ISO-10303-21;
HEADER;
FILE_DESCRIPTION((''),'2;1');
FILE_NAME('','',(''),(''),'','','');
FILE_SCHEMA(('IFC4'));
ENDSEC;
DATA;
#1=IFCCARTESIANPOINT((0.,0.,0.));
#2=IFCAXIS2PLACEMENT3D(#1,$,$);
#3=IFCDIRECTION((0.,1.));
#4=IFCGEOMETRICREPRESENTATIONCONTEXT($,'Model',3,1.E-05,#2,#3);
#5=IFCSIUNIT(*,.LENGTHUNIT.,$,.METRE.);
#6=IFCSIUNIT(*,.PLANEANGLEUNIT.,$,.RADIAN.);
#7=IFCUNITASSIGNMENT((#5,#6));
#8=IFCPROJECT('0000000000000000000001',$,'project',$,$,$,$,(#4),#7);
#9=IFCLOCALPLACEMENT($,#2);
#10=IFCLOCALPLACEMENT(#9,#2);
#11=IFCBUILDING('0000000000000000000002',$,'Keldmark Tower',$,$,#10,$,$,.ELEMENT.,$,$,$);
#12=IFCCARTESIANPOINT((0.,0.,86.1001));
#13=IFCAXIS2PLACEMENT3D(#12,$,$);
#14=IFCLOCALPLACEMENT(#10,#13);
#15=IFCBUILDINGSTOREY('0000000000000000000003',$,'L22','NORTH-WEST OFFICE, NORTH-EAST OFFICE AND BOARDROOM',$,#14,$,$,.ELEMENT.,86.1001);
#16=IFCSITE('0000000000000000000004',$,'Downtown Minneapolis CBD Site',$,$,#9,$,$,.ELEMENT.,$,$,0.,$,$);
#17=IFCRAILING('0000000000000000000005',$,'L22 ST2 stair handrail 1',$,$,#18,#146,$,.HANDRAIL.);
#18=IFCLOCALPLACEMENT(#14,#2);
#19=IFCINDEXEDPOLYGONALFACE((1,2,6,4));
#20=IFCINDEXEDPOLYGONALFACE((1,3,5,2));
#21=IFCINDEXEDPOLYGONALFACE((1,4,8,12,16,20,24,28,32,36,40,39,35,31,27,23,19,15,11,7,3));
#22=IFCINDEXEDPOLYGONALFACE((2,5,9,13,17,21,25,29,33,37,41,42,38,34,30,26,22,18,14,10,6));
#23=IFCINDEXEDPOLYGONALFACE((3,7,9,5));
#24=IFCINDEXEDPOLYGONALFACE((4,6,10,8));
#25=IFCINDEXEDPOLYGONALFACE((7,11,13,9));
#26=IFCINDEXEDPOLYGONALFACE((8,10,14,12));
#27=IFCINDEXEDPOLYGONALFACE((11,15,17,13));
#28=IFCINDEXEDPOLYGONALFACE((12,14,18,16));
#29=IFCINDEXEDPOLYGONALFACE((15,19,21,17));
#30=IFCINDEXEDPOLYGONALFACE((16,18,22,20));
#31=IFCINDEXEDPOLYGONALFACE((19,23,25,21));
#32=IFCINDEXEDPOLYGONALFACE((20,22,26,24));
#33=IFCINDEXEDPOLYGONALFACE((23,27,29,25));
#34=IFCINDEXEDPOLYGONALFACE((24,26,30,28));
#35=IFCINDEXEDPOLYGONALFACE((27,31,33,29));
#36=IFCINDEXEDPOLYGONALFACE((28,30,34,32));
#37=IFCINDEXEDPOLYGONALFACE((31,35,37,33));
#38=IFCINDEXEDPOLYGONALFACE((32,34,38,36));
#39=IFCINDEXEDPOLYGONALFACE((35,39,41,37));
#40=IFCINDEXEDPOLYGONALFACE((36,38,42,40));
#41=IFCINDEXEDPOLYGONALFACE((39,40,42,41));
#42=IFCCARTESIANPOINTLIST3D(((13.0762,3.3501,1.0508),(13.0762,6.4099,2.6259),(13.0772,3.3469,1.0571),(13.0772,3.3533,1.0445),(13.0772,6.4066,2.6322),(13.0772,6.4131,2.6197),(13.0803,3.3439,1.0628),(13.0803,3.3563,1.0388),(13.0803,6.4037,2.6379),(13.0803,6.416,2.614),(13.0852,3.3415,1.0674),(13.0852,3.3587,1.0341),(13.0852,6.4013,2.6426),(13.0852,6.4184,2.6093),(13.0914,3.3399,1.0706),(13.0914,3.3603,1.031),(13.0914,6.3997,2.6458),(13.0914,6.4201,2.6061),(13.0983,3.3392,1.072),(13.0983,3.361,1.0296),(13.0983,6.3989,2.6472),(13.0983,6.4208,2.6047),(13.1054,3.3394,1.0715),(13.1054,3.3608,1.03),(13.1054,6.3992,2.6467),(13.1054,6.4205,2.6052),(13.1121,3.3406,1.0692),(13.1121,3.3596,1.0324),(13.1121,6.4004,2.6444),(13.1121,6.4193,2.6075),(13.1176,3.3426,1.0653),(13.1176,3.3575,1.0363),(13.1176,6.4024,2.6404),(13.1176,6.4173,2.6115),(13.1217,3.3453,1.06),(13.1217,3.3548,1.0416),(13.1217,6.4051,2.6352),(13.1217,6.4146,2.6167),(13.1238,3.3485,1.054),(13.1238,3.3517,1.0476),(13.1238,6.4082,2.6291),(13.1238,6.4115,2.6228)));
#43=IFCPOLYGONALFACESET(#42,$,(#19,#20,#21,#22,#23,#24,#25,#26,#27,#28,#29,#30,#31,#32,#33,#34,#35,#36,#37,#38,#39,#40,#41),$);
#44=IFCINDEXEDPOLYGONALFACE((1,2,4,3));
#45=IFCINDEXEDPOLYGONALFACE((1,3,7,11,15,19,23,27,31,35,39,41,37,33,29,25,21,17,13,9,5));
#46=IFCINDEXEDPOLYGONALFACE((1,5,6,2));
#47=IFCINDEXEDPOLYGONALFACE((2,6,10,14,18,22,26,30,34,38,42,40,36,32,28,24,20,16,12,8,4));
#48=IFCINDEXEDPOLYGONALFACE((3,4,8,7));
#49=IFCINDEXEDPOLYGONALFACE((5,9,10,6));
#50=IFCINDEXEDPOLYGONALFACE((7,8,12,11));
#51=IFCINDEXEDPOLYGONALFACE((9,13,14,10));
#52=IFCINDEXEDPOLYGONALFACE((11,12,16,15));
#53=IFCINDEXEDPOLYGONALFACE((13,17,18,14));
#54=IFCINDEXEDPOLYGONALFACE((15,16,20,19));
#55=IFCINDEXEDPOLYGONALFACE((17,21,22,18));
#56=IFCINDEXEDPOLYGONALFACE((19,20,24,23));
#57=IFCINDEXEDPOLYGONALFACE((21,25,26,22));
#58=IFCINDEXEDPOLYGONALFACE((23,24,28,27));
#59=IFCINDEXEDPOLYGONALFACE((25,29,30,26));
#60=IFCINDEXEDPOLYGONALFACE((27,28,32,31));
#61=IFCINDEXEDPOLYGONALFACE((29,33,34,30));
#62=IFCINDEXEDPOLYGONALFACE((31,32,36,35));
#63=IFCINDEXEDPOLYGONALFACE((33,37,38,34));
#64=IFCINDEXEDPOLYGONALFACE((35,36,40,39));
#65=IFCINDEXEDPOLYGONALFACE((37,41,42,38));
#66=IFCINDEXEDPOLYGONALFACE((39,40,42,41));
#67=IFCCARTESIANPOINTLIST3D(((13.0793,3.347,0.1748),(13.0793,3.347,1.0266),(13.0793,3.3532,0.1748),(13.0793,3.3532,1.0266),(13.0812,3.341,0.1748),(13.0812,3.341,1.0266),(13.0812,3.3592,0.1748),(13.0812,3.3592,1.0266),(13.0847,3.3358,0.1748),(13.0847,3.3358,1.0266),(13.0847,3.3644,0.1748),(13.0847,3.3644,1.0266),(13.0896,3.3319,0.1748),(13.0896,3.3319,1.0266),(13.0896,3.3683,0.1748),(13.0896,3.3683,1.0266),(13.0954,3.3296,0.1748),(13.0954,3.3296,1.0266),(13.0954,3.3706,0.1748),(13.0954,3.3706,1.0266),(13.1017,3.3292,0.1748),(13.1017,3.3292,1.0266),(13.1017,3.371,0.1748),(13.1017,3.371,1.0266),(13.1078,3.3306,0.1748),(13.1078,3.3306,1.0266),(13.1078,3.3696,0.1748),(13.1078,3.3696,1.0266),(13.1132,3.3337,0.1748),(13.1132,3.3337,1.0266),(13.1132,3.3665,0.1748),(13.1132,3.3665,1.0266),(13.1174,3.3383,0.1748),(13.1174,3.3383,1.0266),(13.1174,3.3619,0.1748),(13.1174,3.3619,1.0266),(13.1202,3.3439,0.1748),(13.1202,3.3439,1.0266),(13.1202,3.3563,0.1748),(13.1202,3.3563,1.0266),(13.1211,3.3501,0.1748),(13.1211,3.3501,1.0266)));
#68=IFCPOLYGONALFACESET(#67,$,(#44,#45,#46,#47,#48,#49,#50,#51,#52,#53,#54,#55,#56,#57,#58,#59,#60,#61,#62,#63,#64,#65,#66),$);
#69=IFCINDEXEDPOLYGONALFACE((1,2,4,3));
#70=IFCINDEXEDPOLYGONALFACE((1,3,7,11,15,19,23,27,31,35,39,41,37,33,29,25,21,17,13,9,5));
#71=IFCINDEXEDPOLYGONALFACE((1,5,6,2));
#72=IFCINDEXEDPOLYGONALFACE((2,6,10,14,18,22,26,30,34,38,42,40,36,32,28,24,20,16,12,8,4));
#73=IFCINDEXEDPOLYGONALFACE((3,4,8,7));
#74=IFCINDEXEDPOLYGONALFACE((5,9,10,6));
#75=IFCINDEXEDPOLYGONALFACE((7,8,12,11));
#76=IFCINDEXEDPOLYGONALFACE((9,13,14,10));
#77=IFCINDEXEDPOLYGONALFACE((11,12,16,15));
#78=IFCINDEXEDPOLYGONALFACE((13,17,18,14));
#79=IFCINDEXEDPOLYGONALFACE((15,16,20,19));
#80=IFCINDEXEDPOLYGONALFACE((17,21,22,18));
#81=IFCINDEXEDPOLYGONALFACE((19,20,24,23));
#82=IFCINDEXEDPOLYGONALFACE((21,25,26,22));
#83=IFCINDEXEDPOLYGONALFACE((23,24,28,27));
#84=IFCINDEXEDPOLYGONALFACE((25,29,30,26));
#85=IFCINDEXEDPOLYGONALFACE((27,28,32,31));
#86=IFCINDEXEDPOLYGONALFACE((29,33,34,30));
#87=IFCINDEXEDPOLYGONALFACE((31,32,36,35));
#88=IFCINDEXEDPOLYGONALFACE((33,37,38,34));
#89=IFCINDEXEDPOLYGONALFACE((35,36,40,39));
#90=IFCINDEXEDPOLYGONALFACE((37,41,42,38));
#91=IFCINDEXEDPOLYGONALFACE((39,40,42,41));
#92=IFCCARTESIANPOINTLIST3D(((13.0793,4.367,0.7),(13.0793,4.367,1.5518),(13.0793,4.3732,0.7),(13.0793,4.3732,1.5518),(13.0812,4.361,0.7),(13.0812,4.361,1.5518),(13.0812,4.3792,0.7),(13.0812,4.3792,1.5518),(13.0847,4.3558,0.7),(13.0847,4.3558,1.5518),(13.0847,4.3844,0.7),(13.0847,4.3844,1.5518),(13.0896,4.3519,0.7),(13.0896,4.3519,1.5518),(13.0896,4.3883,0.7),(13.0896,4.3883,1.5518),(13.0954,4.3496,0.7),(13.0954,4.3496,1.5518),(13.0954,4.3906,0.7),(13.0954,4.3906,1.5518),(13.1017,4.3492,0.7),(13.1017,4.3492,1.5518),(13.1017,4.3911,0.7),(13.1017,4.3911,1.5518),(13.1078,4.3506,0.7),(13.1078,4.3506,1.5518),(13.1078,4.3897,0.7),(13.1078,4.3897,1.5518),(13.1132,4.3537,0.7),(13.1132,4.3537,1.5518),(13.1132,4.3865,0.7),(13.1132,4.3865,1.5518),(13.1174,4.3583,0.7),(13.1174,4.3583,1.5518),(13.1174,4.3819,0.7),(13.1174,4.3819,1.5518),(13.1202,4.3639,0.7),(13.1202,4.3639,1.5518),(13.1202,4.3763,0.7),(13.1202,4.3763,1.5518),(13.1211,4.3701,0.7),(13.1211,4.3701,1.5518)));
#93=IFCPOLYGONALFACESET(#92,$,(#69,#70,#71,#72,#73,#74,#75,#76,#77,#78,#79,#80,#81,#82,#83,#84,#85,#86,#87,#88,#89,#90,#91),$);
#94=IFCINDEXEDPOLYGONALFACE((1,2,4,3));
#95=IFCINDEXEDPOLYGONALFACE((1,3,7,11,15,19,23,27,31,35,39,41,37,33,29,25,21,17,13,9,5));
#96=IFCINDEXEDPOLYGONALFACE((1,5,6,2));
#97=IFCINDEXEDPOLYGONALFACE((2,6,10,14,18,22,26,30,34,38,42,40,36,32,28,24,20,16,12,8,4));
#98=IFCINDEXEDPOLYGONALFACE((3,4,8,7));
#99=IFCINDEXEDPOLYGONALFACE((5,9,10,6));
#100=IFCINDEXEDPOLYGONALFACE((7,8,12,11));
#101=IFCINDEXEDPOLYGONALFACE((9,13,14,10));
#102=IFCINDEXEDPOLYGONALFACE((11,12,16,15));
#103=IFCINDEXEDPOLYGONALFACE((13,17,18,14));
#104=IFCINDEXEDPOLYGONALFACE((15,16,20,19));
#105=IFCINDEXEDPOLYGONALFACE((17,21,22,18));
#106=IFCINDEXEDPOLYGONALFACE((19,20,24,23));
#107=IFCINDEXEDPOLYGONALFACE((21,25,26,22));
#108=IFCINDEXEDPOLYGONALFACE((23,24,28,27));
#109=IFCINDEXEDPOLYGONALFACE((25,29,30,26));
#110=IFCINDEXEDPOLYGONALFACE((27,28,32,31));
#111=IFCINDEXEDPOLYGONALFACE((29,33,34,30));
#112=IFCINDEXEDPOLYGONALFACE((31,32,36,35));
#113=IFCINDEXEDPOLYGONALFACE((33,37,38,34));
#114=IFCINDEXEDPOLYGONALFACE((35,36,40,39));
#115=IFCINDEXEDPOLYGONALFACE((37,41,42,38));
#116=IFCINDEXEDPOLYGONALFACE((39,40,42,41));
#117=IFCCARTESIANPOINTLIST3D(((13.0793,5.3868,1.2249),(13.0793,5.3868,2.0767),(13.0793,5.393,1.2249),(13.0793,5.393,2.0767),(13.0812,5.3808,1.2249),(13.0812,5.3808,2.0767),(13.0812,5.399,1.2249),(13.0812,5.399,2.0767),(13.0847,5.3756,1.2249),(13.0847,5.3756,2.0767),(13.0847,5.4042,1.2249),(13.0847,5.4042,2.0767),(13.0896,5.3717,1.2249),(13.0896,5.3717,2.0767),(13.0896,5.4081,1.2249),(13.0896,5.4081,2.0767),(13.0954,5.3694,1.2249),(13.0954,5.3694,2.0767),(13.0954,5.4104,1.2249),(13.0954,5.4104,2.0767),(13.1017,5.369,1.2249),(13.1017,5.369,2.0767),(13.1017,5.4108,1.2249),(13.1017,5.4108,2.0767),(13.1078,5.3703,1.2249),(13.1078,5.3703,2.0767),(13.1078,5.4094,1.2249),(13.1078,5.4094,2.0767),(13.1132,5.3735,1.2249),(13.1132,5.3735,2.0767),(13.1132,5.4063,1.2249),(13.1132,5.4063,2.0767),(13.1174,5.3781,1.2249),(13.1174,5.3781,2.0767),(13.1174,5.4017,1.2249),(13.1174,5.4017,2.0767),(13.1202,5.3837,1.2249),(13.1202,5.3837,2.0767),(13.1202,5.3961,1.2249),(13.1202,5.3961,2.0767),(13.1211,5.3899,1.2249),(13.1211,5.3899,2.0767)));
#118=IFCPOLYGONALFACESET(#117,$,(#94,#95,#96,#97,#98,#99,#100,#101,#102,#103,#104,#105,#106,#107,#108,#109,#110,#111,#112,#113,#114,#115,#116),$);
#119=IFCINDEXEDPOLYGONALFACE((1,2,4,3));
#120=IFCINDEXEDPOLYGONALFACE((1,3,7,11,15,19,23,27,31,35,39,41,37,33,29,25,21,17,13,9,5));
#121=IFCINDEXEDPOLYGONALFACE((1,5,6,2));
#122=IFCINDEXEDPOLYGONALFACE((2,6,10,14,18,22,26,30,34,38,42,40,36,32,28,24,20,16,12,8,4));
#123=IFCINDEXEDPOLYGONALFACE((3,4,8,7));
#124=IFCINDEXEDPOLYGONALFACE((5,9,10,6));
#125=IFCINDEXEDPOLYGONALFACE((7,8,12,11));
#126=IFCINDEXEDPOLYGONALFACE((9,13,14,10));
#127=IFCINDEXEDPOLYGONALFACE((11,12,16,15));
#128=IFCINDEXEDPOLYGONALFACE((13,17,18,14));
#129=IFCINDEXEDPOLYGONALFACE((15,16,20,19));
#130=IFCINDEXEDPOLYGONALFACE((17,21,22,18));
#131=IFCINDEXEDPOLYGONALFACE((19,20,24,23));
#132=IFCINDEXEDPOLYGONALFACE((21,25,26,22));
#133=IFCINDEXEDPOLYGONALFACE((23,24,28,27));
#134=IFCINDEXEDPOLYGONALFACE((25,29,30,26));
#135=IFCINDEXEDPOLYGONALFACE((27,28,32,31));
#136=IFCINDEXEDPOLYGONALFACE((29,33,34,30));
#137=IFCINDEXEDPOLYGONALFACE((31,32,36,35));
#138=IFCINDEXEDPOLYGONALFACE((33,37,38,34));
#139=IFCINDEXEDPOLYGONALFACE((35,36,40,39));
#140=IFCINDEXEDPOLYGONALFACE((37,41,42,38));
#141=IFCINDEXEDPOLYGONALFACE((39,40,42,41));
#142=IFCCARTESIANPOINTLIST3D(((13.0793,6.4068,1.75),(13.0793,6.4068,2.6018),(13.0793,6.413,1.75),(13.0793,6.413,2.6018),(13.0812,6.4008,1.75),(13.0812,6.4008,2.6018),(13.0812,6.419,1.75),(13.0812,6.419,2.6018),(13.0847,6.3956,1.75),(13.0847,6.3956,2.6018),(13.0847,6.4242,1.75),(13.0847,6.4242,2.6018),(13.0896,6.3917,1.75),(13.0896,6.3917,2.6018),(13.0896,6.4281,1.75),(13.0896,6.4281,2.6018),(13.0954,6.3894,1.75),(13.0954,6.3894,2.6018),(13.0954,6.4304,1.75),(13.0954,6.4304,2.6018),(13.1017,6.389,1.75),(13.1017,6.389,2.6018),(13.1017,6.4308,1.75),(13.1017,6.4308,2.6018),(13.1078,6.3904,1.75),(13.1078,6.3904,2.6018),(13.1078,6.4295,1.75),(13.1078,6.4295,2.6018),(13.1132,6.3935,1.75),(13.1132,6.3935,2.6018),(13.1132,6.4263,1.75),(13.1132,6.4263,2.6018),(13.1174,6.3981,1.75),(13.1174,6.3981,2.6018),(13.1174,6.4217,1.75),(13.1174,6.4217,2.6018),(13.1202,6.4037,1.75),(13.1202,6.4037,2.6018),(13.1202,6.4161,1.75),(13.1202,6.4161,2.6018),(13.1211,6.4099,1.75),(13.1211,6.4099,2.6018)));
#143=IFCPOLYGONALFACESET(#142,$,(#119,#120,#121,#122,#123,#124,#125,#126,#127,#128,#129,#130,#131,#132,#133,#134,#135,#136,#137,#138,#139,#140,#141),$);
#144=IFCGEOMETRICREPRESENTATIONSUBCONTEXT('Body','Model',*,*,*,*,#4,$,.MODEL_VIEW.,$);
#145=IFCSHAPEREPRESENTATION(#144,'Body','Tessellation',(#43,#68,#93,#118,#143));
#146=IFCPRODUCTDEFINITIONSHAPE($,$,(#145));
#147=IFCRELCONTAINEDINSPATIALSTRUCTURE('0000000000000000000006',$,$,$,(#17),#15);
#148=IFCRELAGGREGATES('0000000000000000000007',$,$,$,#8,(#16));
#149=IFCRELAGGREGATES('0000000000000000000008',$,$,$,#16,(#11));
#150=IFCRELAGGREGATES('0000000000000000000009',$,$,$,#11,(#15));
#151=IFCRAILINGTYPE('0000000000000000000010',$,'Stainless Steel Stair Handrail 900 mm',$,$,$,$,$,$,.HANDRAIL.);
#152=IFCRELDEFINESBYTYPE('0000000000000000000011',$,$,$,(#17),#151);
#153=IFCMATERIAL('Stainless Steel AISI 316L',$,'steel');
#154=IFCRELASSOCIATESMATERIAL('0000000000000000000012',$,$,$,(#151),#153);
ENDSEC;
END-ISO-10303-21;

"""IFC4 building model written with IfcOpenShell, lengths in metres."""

from ifc_helpers import new_model, si_unit, direction, frame, origin, origin_2d, place, context, subcontext, project, spatial, circle, extrude, material, type_object, element, save


model = new_model("IFC4")

# Units and contexts
model_context = context("Model", 3, precision=1e-05, world=origin(), true_north=direction((0.0, 1.0)))
body_context = subcontext(model_context, "Body", "Model", "MODEL_VIEW")
ifc_project = project(units=[si_unit("LENGTHUNIT", "METRE"), si_unit("PLANEANGLEUNIT", "RADIAN")], contexts=[model_context])

# Site, building, storey
site_placement = place(None, origin())
site = spatial("IfcSite", under=ifc_project, at=site_placement, Name="Downtown Minneapolis CBD Site", CompositionType="ELEMENT", RefElevation=0.0)
building_placement = place(site_placement, origin())
building = spatial("IfcBuilding", under=site, at=building_placement, Name="Keldmark Tower", CompositionType="ELEMENT")
storey_placement = place(building_placement, frame((0.0, 0.0, 86.1001)))
storey = spatial("IfcBuildingStorey", under=building, at=storey_placement, Name="L22", Description="NORTH-WEST OFFICE, NORTH-EAST OFFICE AND BOARDROOM", CompositionType="ELEMENT", Elevation=86.1001)

# Railing
ifc_material_1 = material(Name="Stainless Steel AISI 316L", Category="steel")
railing_type_1 = type_object("IfcRailingType", Name="Stainless Steel Stair Handrail 900 mm", PredefinedType="HANDRAIL", material=ifc_material_1)
railing_1_placement = place(storey_placement, frame((13.1001, 3.3501, 0.1748)))
element("IfcRailing", 1, at=railing_1_placement, inside=storey, type_object=railing_type_1, Name="L22 ST2 stair handrail 1", PredefinedType="HANDRAIL", context=body_context, shape_type="SweptSolid", body=[
    extrude(circle(Radius=0.0239, at=origin_2d()), frame((0.0, 0.0, 0.876), z_axis=(0.0, 0.889101, 0.45771), x_axis=(-1.0, 0.0, 0.0)), (0.0, 0.0, 1.0), 3.4414),
    extrude(circle(Radius=0.021, at=origin_2d()), origin(), (0.0, 0.0, 1.0), 0.8518),
    extrude(circle(Radius=0.021, at=origin_2d()), frame((0.0, 1.02, 0.5251)), (0.0, 0.0, 1.0), 0.8518),
    extrude(circle(Radius=0.021, at=origin_2d()), frame((0.0, 2.0398, 1.05)), (0.0, 0.0, 1.0), 0.8518),
    extrude(circle(Radius=0.021, at=origin_2d()), frame((0.0, 3.0598, 1.5752)), (0.0, 0.0, 1.0), 0.8518),
])

save(model, "model.ifc")
